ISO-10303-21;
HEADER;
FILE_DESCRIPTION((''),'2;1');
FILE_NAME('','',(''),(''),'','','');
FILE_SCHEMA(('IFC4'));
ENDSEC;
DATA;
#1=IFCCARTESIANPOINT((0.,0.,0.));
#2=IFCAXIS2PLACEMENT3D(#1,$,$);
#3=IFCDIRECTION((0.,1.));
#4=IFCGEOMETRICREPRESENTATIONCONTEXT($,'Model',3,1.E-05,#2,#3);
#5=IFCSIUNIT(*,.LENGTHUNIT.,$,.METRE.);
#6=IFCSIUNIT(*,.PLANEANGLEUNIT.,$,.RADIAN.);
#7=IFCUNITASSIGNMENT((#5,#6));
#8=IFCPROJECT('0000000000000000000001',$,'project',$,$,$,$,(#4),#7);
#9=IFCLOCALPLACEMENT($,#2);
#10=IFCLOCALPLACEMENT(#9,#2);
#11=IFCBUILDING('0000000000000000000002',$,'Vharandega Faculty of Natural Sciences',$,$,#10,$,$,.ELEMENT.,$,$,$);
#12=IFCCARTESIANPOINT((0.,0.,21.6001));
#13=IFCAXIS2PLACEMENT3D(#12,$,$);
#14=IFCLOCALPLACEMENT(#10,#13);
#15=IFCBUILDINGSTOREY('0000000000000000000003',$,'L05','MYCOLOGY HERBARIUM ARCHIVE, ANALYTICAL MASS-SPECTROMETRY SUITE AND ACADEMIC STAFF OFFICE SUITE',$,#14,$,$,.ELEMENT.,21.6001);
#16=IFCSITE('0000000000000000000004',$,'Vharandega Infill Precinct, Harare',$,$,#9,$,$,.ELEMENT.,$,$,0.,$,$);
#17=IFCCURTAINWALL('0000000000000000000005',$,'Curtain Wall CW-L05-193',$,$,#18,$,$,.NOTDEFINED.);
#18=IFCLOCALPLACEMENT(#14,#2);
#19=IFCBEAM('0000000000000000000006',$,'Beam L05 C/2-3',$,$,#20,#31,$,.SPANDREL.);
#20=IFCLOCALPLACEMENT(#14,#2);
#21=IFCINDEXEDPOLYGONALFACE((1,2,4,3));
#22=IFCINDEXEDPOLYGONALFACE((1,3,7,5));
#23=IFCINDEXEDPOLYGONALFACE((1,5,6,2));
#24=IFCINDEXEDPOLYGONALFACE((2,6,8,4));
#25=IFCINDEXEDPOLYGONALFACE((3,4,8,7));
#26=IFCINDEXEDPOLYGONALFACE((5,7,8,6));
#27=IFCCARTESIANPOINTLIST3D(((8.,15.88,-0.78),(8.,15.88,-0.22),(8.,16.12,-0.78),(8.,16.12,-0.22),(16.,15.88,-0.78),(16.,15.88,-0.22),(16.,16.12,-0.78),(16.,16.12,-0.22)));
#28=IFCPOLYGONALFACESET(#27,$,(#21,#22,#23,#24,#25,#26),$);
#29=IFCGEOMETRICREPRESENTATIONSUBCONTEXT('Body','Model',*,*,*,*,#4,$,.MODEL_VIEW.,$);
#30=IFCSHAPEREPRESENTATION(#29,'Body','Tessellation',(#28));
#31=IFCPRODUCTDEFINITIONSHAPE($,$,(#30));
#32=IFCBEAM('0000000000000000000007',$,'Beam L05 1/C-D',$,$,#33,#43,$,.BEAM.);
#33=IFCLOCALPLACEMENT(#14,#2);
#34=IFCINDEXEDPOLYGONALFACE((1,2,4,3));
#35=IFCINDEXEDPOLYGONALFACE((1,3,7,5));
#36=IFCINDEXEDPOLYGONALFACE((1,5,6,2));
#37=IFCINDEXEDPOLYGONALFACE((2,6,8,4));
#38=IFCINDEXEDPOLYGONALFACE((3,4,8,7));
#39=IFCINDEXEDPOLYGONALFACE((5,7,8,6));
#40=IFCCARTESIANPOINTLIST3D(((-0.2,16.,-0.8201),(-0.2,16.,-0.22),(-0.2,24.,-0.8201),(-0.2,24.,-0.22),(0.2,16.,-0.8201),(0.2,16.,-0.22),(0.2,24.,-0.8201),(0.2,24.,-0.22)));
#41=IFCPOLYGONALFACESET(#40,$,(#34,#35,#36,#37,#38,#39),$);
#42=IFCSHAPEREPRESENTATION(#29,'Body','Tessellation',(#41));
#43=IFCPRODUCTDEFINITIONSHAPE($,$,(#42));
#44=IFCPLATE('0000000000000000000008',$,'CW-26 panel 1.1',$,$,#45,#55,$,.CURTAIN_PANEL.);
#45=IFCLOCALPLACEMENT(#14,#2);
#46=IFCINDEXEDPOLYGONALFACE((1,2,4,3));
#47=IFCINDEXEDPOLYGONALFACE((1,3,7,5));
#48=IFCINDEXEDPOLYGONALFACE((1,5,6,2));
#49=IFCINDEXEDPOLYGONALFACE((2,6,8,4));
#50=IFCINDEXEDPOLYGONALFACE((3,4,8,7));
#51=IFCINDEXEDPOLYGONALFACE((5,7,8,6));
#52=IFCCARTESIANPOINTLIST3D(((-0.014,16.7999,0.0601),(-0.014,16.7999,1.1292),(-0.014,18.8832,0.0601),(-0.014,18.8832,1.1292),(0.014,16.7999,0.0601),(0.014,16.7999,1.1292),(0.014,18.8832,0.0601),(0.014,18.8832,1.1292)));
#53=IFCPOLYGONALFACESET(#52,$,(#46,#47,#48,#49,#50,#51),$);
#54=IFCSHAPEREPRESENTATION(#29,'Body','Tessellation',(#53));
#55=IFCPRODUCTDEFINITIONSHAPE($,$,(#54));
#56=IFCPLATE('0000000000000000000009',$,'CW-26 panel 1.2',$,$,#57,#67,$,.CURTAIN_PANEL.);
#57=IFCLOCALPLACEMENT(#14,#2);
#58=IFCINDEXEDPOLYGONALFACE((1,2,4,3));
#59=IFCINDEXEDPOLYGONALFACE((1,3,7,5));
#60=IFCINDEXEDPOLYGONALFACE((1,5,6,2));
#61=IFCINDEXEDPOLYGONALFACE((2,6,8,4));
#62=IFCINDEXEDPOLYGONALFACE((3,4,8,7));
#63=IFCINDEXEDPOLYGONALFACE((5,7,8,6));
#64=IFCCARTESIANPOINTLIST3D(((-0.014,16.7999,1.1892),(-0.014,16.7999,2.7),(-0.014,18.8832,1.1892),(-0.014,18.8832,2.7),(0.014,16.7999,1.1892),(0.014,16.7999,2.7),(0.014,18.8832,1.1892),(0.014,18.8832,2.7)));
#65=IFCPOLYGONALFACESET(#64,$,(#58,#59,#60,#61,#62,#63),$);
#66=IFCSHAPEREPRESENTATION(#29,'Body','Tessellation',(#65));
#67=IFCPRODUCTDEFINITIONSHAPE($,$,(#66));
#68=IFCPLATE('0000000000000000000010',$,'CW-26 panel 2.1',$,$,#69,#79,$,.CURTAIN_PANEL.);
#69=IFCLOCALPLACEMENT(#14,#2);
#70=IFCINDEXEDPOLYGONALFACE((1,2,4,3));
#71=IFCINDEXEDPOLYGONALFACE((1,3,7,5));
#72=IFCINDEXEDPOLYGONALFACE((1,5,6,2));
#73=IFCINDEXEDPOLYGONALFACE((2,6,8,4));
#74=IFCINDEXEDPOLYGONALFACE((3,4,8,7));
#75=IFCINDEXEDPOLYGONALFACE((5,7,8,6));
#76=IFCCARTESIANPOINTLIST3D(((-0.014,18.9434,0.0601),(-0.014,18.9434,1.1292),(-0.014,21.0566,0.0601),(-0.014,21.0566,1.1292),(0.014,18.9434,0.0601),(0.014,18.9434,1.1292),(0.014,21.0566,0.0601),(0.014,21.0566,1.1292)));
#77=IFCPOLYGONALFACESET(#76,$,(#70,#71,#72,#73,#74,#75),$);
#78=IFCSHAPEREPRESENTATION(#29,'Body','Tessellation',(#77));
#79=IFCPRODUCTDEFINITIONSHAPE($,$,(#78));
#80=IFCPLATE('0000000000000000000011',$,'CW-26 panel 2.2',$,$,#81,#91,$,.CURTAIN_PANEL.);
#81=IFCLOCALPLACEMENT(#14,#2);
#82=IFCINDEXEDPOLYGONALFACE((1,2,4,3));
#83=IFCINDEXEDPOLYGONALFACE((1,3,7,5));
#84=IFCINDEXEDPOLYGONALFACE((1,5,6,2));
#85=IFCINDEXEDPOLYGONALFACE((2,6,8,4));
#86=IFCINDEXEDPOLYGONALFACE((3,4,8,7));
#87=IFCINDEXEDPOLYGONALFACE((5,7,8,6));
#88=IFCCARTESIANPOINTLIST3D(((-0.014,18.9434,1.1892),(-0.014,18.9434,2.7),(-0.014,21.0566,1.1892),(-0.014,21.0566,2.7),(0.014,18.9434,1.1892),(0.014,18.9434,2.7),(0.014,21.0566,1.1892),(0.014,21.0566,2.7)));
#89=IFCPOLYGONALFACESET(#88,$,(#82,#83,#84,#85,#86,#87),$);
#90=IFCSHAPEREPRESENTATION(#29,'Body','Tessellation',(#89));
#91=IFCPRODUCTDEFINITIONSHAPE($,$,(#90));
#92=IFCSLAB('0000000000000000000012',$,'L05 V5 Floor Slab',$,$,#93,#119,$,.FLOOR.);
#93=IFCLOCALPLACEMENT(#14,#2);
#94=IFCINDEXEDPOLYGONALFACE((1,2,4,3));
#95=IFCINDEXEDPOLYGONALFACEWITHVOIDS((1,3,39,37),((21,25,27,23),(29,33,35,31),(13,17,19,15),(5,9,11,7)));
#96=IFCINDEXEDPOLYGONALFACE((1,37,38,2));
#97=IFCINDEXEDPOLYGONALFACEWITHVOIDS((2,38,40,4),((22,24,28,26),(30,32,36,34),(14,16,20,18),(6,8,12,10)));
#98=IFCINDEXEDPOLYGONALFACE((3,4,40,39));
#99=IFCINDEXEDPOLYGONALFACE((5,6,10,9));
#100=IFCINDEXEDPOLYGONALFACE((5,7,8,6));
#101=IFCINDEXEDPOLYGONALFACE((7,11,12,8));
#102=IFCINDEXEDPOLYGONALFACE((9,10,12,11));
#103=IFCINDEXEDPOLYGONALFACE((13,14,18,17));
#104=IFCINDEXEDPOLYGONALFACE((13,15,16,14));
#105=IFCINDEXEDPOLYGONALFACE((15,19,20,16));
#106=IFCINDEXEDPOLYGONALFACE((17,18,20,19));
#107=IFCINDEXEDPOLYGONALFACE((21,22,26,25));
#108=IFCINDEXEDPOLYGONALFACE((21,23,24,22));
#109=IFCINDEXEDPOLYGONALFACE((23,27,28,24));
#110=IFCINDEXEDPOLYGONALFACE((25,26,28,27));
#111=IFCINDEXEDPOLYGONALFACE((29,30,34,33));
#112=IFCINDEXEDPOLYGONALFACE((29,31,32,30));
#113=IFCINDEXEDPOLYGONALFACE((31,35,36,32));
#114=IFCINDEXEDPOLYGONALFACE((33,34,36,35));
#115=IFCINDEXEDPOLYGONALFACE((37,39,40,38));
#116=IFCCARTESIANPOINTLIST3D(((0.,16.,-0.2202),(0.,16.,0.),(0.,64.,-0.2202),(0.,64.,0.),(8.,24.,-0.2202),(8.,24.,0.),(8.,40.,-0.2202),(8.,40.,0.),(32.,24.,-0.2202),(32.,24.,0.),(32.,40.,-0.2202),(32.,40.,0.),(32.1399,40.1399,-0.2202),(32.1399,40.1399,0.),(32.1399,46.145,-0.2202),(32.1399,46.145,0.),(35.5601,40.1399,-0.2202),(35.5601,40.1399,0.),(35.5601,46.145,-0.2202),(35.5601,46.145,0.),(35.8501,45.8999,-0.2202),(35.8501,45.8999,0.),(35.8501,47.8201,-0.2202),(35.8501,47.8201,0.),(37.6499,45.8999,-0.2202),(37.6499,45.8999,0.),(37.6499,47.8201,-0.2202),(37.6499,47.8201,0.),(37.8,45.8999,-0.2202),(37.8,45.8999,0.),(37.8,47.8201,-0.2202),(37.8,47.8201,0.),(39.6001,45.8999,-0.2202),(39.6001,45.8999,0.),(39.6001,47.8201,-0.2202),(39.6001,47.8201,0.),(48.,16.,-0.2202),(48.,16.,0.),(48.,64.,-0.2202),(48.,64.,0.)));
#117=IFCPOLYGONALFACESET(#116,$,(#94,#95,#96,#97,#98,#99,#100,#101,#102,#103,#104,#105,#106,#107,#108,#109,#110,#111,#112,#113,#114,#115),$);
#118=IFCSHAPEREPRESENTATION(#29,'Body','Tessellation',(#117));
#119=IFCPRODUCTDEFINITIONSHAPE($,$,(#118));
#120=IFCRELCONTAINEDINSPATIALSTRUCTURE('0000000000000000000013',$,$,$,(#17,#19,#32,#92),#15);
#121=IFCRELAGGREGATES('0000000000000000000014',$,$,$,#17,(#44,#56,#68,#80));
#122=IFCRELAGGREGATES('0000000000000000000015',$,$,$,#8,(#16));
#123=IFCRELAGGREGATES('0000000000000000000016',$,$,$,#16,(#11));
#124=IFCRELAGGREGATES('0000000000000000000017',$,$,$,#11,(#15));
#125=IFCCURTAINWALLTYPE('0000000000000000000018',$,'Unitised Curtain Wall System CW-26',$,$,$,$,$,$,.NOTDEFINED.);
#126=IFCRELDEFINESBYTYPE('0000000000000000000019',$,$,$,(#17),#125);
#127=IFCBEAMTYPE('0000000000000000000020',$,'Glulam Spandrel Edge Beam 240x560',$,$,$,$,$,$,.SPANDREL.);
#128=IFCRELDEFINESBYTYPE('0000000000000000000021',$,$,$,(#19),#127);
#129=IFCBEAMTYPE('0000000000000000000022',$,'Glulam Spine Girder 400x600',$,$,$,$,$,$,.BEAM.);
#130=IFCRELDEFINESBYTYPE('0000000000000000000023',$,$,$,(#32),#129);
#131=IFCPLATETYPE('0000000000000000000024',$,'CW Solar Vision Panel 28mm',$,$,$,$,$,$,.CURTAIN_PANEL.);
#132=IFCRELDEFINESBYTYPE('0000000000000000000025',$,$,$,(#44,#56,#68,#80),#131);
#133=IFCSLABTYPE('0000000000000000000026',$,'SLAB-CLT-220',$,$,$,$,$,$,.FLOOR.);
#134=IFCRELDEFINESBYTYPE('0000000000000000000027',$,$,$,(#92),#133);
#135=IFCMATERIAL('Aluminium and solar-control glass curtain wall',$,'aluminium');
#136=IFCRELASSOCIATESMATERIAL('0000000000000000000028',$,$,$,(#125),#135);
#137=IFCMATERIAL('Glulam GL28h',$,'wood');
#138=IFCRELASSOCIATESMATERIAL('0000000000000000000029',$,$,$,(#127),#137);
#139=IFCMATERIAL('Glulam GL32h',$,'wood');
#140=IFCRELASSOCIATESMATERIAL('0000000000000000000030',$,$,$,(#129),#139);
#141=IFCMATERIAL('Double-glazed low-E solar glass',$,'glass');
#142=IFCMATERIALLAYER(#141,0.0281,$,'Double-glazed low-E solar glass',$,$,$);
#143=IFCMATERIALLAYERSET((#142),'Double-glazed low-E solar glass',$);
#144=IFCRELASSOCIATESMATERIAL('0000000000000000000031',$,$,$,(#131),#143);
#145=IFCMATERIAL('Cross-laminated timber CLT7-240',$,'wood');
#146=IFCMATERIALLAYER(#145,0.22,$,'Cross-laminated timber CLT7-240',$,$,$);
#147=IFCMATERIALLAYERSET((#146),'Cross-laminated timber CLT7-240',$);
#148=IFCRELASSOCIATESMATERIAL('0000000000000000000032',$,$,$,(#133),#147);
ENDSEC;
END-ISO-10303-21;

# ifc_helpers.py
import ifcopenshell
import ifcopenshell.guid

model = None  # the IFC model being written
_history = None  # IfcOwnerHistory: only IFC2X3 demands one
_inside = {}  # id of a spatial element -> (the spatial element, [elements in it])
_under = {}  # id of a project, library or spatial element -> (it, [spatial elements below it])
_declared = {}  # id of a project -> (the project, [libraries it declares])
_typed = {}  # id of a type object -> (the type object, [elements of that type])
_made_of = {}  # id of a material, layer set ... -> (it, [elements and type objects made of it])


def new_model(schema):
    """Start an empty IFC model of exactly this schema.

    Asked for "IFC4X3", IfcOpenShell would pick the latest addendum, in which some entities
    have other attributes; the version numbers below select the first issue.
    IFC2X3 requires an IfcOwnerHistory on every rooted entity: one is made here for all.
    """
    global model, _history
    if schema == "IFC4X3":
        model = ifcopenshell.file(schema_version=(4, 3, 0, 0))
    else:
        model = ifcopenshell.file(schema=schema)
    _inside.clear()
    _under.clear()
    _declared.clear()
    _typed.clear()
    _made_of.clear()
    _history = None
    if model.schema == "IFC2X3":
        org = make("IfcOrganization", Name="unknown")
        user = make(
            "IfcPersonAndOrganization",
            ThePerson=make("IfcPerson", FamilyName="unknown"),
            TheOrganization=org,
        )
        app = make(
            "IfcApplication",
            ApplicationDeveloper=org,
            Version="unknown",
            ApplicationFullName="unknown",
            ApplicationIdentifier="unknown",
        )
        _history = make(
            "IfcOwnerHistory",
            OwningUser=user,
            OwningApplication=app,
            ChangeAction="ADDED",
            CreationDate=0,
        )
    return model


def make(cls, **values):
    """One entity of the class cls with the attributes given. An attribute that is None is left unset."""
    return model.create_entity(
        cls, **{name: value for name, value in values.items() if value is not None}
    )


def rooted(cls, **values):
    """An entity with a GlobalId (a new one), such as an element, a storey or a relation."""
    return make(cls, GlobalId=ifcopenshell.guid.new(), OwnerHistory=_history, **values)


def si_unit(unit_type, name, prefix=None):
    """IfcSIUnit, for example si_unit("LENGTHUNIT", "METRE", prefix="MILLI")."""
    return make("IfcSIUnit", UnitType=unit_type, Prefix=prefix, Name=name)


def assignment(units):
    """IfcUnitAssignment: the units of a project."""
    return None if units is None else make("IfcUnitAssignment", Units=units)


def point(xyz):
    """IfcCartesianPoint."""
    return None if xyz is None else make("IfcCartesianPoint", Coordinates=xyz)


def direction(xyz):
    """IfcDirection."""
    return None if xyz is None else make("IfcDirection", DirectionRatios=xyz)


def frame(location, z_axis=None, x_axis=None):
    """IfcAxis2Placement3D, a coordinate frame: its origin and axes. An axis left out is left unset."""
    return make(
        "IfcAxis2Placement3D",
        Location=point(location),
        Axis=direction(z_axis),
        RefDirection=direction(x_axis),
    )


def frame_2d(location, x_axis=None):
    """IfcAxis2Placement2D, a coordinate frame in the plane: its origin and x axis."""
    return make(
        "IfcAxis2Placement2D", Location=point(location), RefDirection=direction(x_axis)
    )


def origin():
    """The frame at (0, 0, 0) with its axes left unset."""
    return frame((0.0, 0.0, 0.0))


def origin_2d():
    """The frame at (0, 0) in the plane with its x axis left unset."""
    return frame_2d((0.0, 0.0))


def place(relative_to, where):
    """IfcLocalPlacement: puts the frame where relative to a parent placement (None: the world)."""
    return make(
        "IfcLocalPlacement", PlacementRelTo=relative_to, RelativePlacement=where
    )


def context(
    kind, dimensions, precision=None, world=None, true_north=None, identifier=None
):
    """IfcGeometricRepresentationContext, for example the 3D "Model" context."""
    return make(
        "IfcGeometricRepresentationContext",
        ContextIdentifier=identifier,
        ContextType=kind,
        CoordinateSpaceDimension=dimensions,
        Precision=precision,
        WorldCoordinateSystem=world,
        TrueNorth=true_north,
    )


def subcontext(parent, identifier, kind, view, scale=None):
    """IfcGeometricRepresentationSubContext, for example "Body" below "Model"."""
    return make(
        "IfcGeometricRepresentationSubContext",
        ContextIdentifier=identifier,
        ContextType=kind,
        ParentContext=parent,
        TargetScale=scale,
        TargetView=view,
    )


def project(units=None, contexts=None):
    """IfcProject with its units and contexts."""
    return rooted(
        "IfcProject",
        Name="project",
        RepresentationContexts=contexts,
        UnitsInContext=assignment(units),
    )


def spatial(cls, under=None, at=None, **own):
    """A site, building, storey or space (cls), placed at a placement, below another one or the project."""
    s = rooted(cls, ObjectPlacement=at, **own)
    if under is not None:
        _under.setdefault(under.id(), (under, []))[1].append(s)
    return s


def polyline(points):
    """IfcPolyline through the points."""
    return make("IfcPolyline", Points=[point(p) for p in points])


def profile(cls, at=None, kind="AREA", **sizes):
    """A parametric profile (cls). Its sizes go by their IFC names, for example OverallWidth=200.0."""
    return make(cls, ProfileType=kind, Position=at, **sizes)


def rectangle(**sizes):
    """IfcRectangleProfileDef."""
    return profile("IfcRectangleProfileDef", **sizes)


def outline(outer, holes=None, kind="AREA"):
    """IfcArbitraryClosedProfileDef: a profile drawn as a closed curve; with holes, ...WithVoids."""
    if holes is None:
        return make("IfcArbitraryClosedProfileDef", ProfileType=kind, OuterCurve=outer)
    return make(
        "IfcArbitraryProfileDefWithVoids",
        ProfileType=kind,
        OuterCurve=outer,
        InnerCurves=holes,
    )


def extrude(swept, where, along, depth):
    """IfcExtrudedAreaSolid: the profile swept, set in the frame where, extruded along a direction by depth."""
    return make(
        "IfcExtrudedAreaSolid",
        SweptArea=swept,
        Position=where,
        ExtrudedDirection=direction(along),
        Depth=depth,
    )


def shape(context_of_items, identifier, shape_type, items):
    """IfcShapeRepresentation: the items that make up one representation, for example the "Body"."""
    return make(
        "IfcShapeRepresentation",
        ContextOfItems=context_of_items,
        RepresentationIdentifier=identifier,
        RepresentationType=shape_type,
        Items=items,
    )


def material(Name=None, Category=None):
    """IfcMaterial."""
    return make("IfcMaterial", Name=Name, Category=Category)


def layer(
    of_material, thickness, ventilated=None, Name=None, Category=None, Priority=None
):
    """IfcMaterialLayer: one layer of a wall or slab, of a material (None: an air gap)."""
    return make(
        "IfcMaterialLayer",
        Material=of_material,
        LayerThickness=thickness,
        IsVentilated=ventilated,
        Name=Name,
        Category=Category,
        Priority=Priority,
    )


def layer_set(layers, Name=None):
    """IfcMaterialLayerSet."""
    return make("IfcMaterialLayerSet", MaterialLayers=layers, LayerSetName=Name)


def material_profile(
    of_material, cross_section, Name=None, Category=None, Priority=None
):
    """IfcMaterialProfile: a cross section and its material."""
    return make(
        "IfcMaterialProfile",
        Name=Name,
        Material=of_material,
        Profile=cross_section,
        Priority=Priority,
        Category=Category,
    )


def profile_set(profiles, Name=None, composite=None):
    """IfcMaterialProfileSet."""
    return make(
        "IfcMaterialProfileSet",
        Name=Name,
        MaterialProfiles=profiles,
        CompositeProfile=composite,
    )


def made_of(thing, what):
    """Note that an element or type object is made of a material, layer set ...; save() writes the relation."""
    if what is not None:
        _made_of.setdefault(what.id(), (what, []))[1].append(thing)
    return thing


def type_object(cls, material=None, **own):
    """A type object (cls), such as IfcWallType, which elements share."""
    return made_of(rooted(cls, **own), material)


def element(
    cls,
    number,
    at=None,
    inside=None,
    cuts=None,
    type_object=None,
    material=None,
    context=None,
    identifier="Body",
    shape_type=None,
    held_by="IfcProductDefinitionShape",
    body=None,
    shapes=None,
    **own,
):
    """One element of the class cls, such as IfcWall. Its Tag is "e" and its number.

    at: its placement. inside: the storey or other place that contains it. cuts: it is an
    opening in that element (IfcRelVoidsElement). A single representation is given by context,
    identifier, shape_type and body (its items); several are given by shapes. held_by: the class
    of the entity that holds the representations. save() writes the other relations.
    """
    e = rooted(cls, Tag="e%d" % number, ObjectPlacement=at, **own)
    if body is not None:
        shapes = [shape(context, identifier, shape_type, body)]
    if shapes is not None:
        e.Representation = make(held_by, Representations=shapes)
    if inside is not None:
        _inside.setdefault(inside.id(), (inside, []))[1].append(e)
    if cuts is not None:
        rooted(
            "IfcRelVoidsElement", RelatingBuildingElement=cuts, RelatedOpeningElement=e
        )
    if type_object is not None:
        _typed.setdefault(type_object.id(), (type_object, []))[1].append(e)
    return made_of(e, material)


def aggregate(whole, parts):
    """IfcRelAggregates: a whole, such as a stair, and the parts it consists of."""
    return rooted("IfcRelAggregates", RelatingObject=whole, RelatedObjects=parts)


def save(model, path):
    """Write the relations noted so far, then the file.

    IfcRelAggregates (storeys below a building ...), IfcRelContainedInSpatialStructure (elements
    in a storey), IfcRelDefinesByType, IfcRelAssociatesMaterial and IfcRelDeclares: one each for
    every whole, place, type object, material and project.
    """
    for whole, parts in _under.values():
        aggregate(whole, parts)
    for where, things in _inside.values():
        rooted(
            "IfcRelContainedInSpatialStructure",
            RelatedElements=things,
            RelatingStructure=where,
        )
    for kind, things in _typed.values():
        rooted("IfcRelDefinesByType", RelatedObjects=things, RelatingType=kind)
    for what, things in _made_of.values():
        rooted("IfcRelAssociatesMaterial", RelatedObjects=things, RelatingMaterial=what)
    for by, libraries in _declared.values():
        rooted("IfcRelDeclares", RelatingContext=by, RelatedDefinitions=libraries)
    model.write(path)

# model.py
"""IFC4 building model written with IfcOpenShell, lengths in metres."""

from ifc_helpers import new_model, si_unit, direction, frame, origin, origin_2d, place, context, subcontext, project, spatial, polyline, rectangle, outline, extrude, material, layer, layer_set, material_profile, profile_set, type_object, element, aggregate, save


model = new_model("IFC4")

# Units and contexts
model_context = context("Model", 3, precision=1e-05, world=origin(), true_north=direction((0.0, 1.0)))
body_context = subcontext(model_context, "Body", "Model", "MODEL_VIEW")
ifc_project = project(units=[si_unit("LENGTHUNIT", "METRE"), si_unit("PLANEANGLEUNIT", "RADIAN")], contexts=[model_context])

# Site, building, storey
site_placement = place(None, origin())
site = spatial("IfcSite", under=ifc_project, at=site_placement, Name="Vharandega Infill Precinct, Harare", CompositionType="ELEMENT", RefElevation=0.0)
building_placement = place(site_placement, origin())
building = spatial("IfcBuilding", under=site, at=building_placement, Name="Vharandega Faculty of Natural Sciences", CompositionType="ELEMENT")
storey_placement = place(building_placement, frame((0.0, 0.0, 21.6001)))
storey = spatial("IfcBuildingStorey", under=building, at=storey_placement, Name="L05", Description="MYCOLOGY HERBARIUM ARCHIVE, ANALYTICAL MASS-SPECTROMETRY SUITE AND ACADEMIC STAFF OFFICE SUITE", CompositionType="ELEMENT", Elevation=21.6001)

# Curtain wall
ifc_material_1 = material(Name="Aluminium and solar-control glass curtain wall", Category="aluminium")
curtain_wall_type = type_object("IfcCurtainWallType", Name="Unitised Curtain Wall System CW-26", PredefinedType="NOTDEFINED", material=ifc_material_1)
curtain_wall_placement = place(storey_placement, origin())
curtain_wall = element("IfcCurtainWall", 1, at=curtain_wall_placement, inside=storey, type_object=curtain_wall_type, Name="Curtain Wall CW-L05-193", PredefinedType="NOTDEFINED")

# Beams
ifc_material_2 = material(Name="Glulam GL28h", Category="wood")
ifc_material_profile_1 = material_profile(ifc_material_2, rectangle(XDim=0.24, YDim=0.5601, at=origin_2d()), Name="GL28h 240x560")
ifc_profile_set_1 = profile_set([ifc_material_profile_1], Name="Glulam GL28h")
beam_type_1 = type_object("IfcBeamType", Name="Glulam Spandrel Edge Beam 240x560", PredefinedType="SPANDREL", material=ifc_profile_set_1)
for number, where, z_axis, x_axis, name in (
    (2, (8.0, 16.0, -0.5), (1.0, 0.0, 0.0), (0.0, 1.0, 0.0), "Beam L05 C/2-3"),
):
    element("IfcBeam", number, at=place(storey_placement, frame(where, z_axis=z_axis, x_axis=x_axis)), inside=storey, type_object=beam_type_1, Name=name, PredefinedType="SPANDREL", context=body_context, shape_type="SweptSolid", body=[
        extrude(rectangle(XDim=0.24, YDim=0.5601, at=origin_2d()), origin(), (0.0, 0.0, 1.0), 8.0),
    ])
ifc_material_3 = material(Name="Glulam GL32h", Category="wood")
ifc_material_profile_2 = material_profile(ifc_material_3, rectangle(XDim=0.3999, YDim=0.6001, at=origin_2d()), Name="GL32h 400x600")
ifc_profile_set_2 = profile_set([ifc_material_profile_2], Name="Glulam GL32h")
beam_type_2 = type_object("IfcBeamType", Name="Glulam Spine Girder 400x600", PredefinedType="BEAM", material=ifc_profile_set_2)
beam_1_placement = place(storey_placement, frame((0.0, 16.0, -0.52), z_axis=(0.0, 1.0, 0.0), x_axis=(-1.0, 0.0, 0.0)))
element("IfcBeam", 3, at=beam_1_placement, inside=storey, type_object=beam_type_2, Name="Beam L05 1/C-D", PredefinedType="BEAM", context=body_context, shape_type="SweptSolid", body=[
    extrude(rectangle(XDim=0.3999, YDim=0.6001, at=origin_2d()), origin(), (0.0, 0.0, 1.0), 8.0),
])

# Plates
ifc_material_4 = material(Name="Double-glazed low-E solar glass", Category="glass")
ifc_layer_1 = layer(ifc_material_4, 0.0281, Name="Double-glazed low-E solar glass")
ifc_layer_set_1 = layer_set([ifc_layer_1], Name="Double-glazed low-E solar glass")
plate_type = type_object("IfcPlateType", Name="CW Solar Vision Panel 28mm", PredefinedType="CURTAIN_PANEL", material=ifc_layer_set_1)
plate_1_placement = place(storey_placement, frame((0.0, 17.8416, 0.0601), z_axis=(0.0, 0.0, 1.0), x_axis=(0.0, 1.0, 0.0)))
plate_1 = element("IfcPlate", 4, at=plate_1_placement, type_object=plate_type, Name="CW-26 panel 1.1", PredefinedType="CURTAIN_PANEL", context=body_context, shape_type="SweptSolid", body=[
    extrude(rectangle(XDim=2.0833, YDim=0.0281, at=origin_2d()), origin(), (0.0, 0.0, 1.0), 1.0691),
])
plate_2_placement = place(storey_placement, frame((0.0, 17.8416, 1.1892), z_axis=(0.0, 0.0, 1.0), x_axis=(0.0, 1.0, 0.0)))
plate_2 = element("IfcPlate", 5, at=plate_2_placement, type_object=plate_type, Name="CW-26 panel 1.2", PredefinedType="CURTAIN_PANEL", context=body_context, shape_type="SweptSolid", body=[
    extrude(rectangle(XDim=2.0833, YDim=0.0281, at=origin_2d()), origin(), (0.0, 0.0, 1.0), 1.5107),
])
plate_3_placement = place(storey_placement, frame((0.0, 20.0, 0.0601), z_axis=(0.0, 0.0, 1.0), x_axis=(0.0, 1.0, 0.0)))
plate_3 = element("IfcPlate", 6, at=plate_3_placement, type_object=plate_type, Name="CW-26 panel 2.1", PredefinedType="CURTAIN_PANEL", context=body_context, shape_type="SweptSolid", body=[
    extrude(rectangle(XDim=2.1133, YDim=0.0281, at=origin_2d()), origin(), (0.0, 0.0, 1.0), 1.0691),
])
plate_4_placement = place(storey_placement, frame((0.0, 20.0, 1.1892), z_axis=(0.0, 0.0, 1.0), x_axis=(0.0, 1.0, 0.0)))
plate_4 = element("IfcPlate", 7, at=plate_4_placement, type_object=plate_type, Name="CW-26 panel 2.2", PredefinedType="CURTAIN_PANEL", context=body_context, shape_type="SweptSolid", body=[
    extrude(rectangle(XDim=2.1133, YDim=0.0281, at=origin_2d()), origin(), (0.0, 0.0, 1.0), 1.5107),
])
aggregate(curtain_wall, [plate_1, plate_2, plate_3, plate_4])

# Slab
ifc_material_5 = material(Name="Cross-laminated timber CLT7-240", Category="wood")
ifc_layer_2 = layer(ifc_material_5, 0.22, Name="Cross-laminated timber CLT7-240")
ifc_layer_set_2 = layer_set([ifc_layer_2], Name="Cross-laminated timber CLT7-240")
slab_type_1 = type_object("IfcSlabType", Name="SLAB-CLT-220", PredefinedType="FLOOR", material=ifc_layer_set_2)
slab_1_placement = place(storey_placement, frame((0.0, 0.0, -0.2202)))
element("IfcSlab", 8, at=slab_1_placement, inside=storey, type_object=slab_type_1, Name="L05 V5 Floor Slab", PredefinedType="FLOOR", context=body_context, shape_type="SweptSolid", body=[
    extrude(outline(polyline([(0.0, 16.0), (48.0, 16.0), (48.0, 64.0), (0.0, 64.0), (0.0, 16.0)]), holes=[polyline([(8.0, 24.0), (32.0, 24.0), (32.0, 40.0), (8.0, 40.0), (8.0, 24.0)]), polyline([(32.1399, 46.145), (32.1399, 40.1399), (35.5601, 40.1399), (35.5601, 46.145), (32.1399, 46.145)]), polyline([(35.8501, 45.8999), (37.6499, 45.8999), (37.6499, 47.8201), (35.8501, 47.8201), (35.8501, 45.8999)]), polyline([(37.8, 45.8999), (39.6001, 45.8999), (39.6001, 47.8201), (37.8, 47.8201), (37.8, 45.8999)])]), origin(), (0.0, 0.0, 1.0), 0.2202),
])

save(model, "model.ifc")
